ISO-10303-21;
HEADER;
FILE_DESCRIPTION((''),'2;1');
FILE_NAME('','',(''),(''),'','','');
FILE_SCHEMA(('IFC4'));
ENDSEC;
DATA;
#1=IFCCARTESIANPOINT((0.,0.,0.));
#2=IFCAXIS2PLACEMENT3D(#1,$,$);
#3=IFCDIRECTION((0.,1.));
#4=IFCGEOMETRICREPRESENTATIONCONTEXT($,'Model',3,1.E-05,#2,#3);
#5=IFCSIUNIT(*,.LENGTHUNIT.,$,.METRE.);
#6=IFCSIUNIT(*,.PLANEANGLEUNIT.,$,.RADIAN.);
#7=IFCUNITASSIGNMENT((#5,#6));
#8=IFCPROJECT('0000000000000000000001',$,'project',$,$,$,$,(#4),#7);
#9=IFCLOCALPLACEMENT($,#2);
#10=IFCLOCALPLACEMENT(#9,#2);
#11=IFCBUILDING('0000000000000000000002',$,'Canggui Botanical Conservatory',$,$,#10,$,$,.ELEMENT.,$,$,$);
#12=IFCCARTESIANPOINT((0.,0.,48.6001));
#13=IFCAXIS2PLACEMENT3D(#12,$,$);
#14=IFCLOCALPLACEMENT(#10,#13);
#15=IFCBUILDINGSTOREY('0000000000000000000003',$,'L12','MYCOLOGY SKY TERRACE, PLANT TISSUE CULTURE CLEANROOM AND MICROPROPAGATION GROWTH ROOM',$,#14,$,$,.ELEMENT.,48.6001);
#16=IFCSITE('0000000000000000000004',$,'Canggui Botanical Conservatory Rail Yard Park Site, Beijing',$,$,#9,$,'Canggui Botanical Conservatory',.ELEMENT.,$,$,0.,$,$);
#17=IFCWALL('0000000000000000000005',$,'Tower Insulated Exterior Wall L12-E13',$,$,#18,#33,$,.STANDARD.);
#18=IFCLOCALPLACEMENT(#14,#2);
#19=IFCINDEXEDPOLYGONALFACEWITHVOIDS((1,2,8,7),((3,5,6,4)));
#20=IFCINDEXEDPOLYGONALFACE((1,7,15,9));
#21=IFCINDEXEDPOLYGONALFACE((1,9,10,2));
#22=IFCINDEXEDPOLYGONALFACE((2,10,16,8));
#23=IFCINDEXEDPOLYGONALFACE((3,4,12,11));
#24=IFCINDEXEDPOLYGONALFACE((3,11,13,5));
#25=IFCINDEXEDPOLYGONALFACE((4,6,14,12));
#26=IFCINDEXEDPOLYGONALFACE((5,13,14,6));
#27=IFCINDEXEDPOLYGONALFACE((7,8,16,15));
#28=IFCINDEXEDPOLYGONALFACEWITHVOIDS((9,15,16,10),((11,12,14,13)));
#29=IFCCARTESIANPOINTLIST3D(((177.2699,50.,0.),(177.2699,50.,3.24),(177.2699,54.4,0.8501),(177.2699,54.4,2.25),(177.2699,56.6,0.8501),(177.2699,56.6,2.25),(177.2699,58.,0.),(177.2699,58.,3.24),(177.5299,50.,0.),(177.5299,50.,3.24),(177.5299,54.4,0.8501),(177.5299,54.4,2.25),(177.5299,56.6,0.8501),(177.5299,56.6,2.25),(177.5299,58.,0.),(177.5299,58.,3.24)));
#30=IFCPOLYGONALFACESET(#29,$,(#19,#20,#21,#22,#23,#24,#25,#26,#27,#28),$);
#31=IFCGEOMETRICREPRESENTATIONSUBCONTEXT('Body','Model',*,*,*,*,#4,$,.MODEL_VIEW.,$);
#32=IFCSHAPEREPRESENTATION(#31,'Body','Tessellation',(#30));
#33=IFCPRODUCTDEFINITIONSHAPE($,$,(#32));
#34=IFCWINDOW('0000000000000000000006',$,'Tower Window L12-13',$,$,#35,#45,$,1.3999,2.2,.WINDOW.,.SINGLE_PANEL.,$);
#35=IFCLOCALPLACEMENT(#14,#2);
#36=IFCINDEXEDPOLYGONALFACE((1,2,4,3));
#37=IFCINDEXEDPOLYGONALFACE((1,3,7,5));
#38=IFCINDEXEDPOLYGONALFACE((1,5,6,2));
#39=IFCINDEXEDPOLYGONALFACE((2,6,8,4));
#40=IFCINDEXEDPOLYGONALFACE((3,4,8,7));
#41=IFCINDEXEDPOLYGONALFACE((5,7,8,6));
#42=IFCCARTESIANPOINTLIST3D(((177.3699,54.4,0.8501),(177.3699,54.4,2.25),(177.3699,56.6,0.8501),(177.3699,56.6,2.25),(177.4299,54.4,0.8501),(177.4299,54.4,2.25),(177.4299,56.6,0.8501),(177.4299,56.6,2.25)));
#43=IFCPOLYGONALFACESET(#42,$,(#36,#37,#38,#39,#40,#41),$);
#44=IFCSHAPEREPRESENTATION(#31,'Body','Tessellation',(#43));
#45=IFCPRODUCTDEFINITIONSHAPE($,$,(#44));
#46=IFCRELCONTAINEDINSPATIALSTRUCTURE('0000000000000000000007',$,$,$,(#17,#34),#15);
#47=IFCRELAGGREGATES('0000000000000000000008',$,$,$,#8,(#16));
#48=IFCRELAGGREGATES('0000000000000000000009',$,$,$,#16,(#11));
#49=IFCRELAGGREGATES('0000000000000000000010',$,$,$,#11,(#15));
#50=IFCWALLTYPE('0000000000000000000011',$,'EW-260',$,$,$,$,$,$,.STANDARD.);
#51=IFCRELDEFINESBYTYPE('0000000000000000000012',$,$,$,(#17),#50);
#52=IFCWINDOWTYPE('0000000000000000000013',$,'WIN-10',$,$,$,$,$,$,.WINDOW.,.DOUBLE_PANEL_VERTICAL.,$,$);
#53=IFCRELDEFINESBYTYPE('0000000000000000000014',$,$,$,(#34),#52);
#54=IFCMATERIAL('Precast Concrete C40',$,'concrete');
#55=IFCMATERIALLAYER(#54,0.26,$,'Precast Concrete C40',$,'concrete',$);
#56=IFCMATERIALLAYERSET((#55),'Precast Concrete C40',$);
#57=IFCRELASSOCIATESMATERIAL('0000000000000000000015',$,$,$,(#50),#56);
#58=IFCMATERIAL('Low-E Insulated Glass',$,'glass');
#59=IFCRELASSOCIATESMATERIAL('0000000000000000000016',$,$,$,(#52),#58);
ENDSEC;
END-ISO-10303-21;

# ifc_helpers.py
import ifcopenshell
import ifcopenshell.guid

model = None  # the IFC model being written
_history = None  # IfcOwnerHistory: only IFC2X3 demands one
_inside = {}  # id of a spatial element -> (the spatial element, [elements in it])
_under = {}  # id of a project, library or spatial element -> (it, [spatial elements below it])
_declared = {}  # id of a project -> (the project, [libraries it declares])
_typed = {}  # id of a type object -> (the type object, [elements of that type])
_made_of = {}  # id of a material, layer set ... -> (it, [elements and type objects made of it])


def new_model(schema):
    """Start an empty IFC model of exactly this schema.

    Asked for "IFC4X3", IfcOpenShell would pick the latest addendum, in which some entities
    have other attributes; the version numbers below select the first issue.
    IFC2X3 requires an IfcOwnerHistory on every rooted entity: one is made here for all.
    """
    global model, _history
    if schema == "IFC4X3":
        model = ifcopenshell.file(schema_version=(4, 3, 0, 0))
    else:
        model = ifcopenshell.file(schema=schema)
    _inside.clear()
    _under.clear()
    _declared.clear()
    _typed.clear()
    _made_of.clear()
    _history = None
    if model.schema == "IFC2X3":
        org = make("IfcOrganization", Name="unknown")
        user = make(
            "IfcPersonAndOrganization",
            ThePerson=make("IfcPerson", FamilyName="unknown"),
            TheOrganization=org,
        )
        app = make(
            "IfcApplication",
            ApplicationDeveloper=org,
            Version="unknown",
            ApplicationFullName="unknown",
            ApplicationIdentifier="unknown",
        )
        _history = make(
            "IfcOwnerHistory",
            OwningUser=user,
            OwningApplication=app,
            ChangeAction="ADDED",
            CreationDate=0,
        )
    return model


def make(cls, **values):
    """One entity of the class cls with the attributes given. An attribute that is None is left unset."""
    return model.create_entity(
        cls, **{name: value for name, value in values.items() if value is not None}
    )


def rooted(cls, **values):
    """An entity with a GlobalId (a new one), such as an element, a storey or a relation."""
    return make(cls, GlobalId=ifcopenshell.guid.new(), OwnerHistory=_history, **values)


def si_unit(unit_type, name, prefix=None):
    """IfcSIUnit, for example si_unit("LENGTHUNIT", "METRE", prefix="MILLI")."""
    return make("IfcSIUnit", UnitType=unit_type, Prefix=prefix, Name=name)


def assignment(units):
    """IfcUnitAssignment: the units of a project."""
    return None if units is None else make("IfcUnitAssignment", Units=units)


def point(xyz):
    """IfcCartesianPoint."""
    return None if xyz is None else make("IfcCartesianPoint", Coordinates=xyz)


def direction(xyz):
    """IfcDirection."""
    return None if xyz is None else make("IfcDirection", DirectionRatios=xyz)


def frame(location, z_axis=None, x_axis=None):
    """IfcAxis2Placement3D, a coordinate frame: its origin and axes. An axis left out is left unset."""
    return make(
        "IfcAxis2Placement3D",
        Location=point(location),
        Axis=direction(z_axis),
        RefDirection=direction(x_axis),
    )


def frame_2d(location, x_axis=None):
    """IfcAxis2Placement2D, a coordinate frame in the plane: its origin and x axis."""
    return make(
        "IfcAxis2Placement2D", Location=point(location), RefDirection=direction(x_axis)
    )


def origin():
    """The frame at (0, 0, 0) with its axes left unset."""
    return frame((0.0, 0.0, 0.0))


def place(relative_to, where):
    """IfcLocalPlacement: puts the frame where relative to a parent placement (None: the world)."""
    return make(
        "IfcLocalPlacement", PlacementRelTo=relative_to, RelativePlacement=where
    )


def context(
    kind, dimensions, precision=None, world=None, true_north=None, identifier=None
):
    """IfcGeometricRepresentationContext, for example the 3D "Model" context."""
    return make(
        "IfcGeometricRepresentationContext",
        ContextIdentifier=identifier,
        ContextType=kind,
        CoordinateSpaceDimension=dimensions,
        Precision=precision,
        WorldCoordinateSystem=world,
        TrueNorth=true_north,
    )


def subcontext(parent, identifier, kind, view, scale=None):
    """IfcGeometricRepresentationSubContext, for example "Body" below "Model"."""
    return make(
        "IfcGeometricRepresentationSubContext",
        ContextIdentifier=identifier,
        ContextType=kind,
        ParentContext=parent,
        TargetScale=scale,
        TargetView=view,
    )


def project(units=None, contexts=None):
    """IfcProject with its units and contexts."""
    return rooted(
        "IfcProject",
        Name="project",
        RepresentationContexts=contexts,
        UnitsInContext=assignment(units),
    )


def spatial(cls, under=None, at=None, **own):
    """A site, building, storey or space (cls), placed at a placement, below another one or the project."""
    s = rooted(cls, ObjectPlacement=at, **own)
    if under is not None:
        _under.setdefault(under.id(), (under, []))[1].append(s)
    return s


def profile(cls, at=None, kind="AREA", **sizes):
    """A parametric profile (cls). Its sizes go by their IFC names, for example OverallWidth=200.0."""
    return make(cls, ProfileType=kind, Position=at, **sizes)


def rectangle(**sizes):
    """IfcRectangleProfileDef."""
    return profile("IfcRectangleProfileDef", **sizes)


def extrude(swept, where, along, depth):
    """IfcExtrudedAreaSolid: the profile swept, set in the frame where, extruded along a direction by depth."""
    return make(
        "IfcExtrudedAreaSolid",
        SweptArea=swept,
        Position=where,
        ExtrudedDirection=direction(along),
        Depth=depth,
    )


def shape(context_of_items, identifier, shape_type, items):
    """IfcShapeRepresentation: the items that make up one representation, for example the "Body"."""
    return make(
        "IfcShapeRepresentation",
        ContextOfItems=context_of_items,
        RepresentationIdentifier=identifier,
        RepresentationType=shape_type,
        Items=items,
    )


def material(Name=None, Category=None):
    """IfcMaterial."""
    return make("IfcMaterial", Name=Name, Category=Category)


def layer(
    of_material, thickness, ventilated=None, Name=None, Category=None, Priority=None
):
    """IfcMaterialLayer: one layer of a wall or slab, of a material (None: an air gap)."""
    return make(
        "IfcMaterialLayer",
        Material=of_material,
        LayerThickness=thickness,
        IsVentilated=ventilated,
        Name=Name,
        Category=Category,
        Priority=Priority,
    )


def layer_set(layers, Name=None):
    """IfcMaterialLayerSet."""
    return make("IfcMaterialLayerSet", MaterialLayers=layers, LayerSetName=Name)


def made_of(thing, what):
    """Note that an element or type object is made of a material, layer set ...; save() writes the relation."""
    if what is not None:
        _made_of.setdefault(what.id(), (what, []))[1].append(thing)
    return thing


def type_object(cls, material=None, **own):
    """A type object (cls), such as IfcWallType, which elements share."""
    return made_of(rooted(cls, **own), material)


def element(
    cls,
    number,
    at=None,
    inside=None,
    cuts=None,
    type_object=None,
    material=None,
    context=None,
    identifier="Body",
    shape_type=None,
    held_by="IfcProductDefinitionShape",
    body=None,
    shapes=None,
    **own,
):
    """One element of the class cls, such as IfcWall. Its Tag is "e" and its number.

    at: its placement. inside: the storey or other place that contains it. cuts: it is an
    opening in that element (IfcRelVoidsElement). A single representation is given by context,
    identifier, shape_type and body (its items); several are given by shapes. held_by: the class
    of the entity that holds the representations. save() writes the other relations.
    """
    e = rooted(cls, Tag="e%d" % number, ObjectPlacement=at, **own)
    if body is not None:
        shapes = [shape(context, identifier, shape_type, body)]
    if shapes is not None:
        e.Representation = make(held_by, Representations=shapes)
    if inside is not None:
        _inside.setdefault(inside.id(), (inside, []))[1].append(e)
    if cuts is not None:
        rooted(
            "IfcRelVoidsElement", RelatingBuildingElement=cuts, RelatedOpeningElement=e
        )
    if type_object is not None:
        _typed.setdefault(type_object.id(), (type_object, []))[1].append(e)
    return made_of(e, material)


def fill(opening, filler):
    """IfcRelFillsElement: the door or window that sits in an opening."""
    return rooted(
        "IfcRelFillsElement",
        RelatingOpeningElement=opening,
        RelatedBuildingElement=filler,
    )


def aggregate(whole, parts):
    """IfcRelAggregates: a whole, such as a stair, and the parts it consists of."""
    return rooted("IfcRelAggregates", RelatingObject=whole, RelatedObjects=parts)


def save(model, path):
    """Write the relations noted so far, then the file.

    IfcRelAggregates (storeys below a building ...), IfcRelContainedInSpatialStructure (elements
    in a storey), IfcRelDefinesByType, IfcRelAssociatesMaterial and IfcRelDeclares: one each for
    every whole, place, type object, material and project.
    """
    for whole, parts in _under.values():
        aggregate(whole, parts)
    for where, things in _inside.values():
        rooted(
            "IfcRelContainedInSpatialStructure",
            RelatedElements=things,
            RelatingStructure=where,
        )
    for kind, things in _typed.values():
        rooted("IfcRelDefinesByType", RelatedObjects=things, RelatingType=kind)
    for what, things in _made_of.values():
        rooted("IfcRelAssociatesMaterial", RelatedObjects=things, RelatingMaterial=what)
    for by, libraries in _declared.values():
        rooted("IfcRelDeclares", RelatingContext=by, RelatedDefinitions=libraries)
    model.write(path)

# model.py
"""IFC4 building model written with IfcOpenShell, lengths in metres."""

from ifc_helpers import new_model, si_unit, direction, frame, frame_2d, origin, place, context, subcontext, project, spatial, rectangle, extrude, material, layer, layer_set, type_object, element, fill, save


model = new_model("IFC4")

# Units and contexts
model_context = context("Model", 3, precision=1e-05, world=origin(), true_north=direction((0.0, 1.0)))
body_context = subcontext(model_context, "Body", "Model", "MODEL_VIEW")
ifc_project = project(units=[si_unit("LENGTHUNIT", "METRE"), si_unit("PLANEANGLEUNIT", "RADIAN")], contexts=[model_context])

# Site, building, storey
site_placement = place(None, origin())
site = spatial("IfcSite", under=ifc_project, at=site_placement, Name="Canggui Botanical Conservatory Rail Yard Park Site, Beijing", LongName="Canggui Botanical Conservatory", CompositionType="ELEMENT", RefElevation=0.0)
building_placement = place(site_placement, origin())
building = spatial("IfcBuilding", under=site, at=building_placement, Name="Canggui Botanical Conservatory", CompositionType="ELEMENT")
storey_placement = place(building_placement, frame((0.0, 0.0, 48.6001)))
storey = spatial("IfcBuildingStorey", under=building, at=storey_placement, Name="L12", Description="MYCOLOGY SKY TERRACE, PLANT TISSUE CULTURE CLEANROOM AND MICROPROPAGATION GROWTH ROOM", CompositionType="ELEMENT", Elevation=48.6001)

# Shared definitions
ifc_material_1 = material(Name="Low-E Insulated Glass", Category="glass")

# Wall, opening, window
ifc_material_2 = material(Name="Precast Concrete C40", Category="concrete")
ifc_layer_1 = layer(ifc_material_2, 0.26, Name="Precast Concrete C40", Category="concrete")
ifc_layer_set_1 = layer_set([ifc_layer_1], Name="Precast Concrete C40")
wall_type = type_object("IfcWallType", Name="EW-260", PredefinedType="STANDARD", material=ifc_layer_set_1)
wall_1_placement = place(storey_placement, frame((177.3999, 58.0, 0.0), z_axis=(0.0, 0.0, 1.0), x_axis=(0.0, -1.0, 0.0)))
wall_1 = element("IfcWall", 1, at=wall_1_placement, inside=storey, type_object=wall_type, Name="Tower Insulated Exterior Wall L12-E13", PredefinedType="STANDARD", context=body_context, shape_type="SweptSolid", body=[
    extrude(rectangle(XDim=8.0, YDim=0.26, at=frame_2d((4.0, 0.0))), origin(), (0.0, 0.0, 1.0), 3.24),
])
opening_1_placement = place(wall_1_placement, frame((1.3999, 0.0, 0.8501)))
opening_1 = element("IfcOpeningElement", 2, at=opening_1_placement, cuts=wall_1, PredefinedType="OPENING", context=body_context, shape_type="SweptSolid", body=[
    extrude(rectangle(XDim=2.2, YDim=1.3999, at=frame_2d((1.1001, 0.7))), frame((0.0, 0.1401, 0.0), z_axis=(0.0, -1.0, 0.0), x_axis=(1.0, 0.0, 0.0)), (0.0, 0.0, 1.0), 0.28),
])
window_type_1 = type_object("IfcWindowType", Name="WIN-10", PartitioningType="DOUBLE_PANEL_VERTICAL", PredefinedType="WINDOW", material=ifc_material_1)
window_1_placement = place(opening_1_placement, origin())
window_1 = element("IfcWindow", 3, at=window_1_placement, inside=storey, type_object=window_type_1, Name="Tower Window L12-13", OverallHeight=1.3999, OverallWidth=2.2, PartitioningType="SINGLE_PANEL", PredefinedType="WINDOW", context=body_context, shape_type="SweptSolid", body=[
    extrude(rectangle(XDim=2.2, YDim=1.3999, at=frame_2d((1.1001, 0.7))), frame((0.0, 0.03, 0.0), z_axis=(0.0, -1.0, 0.0), x_axis=(1.0, 0.0, 0.0)), (0.0, 0.0, 1.0), 0.0601),
])
fill(opening_1, window_1)

save(model, "model.ifc")
